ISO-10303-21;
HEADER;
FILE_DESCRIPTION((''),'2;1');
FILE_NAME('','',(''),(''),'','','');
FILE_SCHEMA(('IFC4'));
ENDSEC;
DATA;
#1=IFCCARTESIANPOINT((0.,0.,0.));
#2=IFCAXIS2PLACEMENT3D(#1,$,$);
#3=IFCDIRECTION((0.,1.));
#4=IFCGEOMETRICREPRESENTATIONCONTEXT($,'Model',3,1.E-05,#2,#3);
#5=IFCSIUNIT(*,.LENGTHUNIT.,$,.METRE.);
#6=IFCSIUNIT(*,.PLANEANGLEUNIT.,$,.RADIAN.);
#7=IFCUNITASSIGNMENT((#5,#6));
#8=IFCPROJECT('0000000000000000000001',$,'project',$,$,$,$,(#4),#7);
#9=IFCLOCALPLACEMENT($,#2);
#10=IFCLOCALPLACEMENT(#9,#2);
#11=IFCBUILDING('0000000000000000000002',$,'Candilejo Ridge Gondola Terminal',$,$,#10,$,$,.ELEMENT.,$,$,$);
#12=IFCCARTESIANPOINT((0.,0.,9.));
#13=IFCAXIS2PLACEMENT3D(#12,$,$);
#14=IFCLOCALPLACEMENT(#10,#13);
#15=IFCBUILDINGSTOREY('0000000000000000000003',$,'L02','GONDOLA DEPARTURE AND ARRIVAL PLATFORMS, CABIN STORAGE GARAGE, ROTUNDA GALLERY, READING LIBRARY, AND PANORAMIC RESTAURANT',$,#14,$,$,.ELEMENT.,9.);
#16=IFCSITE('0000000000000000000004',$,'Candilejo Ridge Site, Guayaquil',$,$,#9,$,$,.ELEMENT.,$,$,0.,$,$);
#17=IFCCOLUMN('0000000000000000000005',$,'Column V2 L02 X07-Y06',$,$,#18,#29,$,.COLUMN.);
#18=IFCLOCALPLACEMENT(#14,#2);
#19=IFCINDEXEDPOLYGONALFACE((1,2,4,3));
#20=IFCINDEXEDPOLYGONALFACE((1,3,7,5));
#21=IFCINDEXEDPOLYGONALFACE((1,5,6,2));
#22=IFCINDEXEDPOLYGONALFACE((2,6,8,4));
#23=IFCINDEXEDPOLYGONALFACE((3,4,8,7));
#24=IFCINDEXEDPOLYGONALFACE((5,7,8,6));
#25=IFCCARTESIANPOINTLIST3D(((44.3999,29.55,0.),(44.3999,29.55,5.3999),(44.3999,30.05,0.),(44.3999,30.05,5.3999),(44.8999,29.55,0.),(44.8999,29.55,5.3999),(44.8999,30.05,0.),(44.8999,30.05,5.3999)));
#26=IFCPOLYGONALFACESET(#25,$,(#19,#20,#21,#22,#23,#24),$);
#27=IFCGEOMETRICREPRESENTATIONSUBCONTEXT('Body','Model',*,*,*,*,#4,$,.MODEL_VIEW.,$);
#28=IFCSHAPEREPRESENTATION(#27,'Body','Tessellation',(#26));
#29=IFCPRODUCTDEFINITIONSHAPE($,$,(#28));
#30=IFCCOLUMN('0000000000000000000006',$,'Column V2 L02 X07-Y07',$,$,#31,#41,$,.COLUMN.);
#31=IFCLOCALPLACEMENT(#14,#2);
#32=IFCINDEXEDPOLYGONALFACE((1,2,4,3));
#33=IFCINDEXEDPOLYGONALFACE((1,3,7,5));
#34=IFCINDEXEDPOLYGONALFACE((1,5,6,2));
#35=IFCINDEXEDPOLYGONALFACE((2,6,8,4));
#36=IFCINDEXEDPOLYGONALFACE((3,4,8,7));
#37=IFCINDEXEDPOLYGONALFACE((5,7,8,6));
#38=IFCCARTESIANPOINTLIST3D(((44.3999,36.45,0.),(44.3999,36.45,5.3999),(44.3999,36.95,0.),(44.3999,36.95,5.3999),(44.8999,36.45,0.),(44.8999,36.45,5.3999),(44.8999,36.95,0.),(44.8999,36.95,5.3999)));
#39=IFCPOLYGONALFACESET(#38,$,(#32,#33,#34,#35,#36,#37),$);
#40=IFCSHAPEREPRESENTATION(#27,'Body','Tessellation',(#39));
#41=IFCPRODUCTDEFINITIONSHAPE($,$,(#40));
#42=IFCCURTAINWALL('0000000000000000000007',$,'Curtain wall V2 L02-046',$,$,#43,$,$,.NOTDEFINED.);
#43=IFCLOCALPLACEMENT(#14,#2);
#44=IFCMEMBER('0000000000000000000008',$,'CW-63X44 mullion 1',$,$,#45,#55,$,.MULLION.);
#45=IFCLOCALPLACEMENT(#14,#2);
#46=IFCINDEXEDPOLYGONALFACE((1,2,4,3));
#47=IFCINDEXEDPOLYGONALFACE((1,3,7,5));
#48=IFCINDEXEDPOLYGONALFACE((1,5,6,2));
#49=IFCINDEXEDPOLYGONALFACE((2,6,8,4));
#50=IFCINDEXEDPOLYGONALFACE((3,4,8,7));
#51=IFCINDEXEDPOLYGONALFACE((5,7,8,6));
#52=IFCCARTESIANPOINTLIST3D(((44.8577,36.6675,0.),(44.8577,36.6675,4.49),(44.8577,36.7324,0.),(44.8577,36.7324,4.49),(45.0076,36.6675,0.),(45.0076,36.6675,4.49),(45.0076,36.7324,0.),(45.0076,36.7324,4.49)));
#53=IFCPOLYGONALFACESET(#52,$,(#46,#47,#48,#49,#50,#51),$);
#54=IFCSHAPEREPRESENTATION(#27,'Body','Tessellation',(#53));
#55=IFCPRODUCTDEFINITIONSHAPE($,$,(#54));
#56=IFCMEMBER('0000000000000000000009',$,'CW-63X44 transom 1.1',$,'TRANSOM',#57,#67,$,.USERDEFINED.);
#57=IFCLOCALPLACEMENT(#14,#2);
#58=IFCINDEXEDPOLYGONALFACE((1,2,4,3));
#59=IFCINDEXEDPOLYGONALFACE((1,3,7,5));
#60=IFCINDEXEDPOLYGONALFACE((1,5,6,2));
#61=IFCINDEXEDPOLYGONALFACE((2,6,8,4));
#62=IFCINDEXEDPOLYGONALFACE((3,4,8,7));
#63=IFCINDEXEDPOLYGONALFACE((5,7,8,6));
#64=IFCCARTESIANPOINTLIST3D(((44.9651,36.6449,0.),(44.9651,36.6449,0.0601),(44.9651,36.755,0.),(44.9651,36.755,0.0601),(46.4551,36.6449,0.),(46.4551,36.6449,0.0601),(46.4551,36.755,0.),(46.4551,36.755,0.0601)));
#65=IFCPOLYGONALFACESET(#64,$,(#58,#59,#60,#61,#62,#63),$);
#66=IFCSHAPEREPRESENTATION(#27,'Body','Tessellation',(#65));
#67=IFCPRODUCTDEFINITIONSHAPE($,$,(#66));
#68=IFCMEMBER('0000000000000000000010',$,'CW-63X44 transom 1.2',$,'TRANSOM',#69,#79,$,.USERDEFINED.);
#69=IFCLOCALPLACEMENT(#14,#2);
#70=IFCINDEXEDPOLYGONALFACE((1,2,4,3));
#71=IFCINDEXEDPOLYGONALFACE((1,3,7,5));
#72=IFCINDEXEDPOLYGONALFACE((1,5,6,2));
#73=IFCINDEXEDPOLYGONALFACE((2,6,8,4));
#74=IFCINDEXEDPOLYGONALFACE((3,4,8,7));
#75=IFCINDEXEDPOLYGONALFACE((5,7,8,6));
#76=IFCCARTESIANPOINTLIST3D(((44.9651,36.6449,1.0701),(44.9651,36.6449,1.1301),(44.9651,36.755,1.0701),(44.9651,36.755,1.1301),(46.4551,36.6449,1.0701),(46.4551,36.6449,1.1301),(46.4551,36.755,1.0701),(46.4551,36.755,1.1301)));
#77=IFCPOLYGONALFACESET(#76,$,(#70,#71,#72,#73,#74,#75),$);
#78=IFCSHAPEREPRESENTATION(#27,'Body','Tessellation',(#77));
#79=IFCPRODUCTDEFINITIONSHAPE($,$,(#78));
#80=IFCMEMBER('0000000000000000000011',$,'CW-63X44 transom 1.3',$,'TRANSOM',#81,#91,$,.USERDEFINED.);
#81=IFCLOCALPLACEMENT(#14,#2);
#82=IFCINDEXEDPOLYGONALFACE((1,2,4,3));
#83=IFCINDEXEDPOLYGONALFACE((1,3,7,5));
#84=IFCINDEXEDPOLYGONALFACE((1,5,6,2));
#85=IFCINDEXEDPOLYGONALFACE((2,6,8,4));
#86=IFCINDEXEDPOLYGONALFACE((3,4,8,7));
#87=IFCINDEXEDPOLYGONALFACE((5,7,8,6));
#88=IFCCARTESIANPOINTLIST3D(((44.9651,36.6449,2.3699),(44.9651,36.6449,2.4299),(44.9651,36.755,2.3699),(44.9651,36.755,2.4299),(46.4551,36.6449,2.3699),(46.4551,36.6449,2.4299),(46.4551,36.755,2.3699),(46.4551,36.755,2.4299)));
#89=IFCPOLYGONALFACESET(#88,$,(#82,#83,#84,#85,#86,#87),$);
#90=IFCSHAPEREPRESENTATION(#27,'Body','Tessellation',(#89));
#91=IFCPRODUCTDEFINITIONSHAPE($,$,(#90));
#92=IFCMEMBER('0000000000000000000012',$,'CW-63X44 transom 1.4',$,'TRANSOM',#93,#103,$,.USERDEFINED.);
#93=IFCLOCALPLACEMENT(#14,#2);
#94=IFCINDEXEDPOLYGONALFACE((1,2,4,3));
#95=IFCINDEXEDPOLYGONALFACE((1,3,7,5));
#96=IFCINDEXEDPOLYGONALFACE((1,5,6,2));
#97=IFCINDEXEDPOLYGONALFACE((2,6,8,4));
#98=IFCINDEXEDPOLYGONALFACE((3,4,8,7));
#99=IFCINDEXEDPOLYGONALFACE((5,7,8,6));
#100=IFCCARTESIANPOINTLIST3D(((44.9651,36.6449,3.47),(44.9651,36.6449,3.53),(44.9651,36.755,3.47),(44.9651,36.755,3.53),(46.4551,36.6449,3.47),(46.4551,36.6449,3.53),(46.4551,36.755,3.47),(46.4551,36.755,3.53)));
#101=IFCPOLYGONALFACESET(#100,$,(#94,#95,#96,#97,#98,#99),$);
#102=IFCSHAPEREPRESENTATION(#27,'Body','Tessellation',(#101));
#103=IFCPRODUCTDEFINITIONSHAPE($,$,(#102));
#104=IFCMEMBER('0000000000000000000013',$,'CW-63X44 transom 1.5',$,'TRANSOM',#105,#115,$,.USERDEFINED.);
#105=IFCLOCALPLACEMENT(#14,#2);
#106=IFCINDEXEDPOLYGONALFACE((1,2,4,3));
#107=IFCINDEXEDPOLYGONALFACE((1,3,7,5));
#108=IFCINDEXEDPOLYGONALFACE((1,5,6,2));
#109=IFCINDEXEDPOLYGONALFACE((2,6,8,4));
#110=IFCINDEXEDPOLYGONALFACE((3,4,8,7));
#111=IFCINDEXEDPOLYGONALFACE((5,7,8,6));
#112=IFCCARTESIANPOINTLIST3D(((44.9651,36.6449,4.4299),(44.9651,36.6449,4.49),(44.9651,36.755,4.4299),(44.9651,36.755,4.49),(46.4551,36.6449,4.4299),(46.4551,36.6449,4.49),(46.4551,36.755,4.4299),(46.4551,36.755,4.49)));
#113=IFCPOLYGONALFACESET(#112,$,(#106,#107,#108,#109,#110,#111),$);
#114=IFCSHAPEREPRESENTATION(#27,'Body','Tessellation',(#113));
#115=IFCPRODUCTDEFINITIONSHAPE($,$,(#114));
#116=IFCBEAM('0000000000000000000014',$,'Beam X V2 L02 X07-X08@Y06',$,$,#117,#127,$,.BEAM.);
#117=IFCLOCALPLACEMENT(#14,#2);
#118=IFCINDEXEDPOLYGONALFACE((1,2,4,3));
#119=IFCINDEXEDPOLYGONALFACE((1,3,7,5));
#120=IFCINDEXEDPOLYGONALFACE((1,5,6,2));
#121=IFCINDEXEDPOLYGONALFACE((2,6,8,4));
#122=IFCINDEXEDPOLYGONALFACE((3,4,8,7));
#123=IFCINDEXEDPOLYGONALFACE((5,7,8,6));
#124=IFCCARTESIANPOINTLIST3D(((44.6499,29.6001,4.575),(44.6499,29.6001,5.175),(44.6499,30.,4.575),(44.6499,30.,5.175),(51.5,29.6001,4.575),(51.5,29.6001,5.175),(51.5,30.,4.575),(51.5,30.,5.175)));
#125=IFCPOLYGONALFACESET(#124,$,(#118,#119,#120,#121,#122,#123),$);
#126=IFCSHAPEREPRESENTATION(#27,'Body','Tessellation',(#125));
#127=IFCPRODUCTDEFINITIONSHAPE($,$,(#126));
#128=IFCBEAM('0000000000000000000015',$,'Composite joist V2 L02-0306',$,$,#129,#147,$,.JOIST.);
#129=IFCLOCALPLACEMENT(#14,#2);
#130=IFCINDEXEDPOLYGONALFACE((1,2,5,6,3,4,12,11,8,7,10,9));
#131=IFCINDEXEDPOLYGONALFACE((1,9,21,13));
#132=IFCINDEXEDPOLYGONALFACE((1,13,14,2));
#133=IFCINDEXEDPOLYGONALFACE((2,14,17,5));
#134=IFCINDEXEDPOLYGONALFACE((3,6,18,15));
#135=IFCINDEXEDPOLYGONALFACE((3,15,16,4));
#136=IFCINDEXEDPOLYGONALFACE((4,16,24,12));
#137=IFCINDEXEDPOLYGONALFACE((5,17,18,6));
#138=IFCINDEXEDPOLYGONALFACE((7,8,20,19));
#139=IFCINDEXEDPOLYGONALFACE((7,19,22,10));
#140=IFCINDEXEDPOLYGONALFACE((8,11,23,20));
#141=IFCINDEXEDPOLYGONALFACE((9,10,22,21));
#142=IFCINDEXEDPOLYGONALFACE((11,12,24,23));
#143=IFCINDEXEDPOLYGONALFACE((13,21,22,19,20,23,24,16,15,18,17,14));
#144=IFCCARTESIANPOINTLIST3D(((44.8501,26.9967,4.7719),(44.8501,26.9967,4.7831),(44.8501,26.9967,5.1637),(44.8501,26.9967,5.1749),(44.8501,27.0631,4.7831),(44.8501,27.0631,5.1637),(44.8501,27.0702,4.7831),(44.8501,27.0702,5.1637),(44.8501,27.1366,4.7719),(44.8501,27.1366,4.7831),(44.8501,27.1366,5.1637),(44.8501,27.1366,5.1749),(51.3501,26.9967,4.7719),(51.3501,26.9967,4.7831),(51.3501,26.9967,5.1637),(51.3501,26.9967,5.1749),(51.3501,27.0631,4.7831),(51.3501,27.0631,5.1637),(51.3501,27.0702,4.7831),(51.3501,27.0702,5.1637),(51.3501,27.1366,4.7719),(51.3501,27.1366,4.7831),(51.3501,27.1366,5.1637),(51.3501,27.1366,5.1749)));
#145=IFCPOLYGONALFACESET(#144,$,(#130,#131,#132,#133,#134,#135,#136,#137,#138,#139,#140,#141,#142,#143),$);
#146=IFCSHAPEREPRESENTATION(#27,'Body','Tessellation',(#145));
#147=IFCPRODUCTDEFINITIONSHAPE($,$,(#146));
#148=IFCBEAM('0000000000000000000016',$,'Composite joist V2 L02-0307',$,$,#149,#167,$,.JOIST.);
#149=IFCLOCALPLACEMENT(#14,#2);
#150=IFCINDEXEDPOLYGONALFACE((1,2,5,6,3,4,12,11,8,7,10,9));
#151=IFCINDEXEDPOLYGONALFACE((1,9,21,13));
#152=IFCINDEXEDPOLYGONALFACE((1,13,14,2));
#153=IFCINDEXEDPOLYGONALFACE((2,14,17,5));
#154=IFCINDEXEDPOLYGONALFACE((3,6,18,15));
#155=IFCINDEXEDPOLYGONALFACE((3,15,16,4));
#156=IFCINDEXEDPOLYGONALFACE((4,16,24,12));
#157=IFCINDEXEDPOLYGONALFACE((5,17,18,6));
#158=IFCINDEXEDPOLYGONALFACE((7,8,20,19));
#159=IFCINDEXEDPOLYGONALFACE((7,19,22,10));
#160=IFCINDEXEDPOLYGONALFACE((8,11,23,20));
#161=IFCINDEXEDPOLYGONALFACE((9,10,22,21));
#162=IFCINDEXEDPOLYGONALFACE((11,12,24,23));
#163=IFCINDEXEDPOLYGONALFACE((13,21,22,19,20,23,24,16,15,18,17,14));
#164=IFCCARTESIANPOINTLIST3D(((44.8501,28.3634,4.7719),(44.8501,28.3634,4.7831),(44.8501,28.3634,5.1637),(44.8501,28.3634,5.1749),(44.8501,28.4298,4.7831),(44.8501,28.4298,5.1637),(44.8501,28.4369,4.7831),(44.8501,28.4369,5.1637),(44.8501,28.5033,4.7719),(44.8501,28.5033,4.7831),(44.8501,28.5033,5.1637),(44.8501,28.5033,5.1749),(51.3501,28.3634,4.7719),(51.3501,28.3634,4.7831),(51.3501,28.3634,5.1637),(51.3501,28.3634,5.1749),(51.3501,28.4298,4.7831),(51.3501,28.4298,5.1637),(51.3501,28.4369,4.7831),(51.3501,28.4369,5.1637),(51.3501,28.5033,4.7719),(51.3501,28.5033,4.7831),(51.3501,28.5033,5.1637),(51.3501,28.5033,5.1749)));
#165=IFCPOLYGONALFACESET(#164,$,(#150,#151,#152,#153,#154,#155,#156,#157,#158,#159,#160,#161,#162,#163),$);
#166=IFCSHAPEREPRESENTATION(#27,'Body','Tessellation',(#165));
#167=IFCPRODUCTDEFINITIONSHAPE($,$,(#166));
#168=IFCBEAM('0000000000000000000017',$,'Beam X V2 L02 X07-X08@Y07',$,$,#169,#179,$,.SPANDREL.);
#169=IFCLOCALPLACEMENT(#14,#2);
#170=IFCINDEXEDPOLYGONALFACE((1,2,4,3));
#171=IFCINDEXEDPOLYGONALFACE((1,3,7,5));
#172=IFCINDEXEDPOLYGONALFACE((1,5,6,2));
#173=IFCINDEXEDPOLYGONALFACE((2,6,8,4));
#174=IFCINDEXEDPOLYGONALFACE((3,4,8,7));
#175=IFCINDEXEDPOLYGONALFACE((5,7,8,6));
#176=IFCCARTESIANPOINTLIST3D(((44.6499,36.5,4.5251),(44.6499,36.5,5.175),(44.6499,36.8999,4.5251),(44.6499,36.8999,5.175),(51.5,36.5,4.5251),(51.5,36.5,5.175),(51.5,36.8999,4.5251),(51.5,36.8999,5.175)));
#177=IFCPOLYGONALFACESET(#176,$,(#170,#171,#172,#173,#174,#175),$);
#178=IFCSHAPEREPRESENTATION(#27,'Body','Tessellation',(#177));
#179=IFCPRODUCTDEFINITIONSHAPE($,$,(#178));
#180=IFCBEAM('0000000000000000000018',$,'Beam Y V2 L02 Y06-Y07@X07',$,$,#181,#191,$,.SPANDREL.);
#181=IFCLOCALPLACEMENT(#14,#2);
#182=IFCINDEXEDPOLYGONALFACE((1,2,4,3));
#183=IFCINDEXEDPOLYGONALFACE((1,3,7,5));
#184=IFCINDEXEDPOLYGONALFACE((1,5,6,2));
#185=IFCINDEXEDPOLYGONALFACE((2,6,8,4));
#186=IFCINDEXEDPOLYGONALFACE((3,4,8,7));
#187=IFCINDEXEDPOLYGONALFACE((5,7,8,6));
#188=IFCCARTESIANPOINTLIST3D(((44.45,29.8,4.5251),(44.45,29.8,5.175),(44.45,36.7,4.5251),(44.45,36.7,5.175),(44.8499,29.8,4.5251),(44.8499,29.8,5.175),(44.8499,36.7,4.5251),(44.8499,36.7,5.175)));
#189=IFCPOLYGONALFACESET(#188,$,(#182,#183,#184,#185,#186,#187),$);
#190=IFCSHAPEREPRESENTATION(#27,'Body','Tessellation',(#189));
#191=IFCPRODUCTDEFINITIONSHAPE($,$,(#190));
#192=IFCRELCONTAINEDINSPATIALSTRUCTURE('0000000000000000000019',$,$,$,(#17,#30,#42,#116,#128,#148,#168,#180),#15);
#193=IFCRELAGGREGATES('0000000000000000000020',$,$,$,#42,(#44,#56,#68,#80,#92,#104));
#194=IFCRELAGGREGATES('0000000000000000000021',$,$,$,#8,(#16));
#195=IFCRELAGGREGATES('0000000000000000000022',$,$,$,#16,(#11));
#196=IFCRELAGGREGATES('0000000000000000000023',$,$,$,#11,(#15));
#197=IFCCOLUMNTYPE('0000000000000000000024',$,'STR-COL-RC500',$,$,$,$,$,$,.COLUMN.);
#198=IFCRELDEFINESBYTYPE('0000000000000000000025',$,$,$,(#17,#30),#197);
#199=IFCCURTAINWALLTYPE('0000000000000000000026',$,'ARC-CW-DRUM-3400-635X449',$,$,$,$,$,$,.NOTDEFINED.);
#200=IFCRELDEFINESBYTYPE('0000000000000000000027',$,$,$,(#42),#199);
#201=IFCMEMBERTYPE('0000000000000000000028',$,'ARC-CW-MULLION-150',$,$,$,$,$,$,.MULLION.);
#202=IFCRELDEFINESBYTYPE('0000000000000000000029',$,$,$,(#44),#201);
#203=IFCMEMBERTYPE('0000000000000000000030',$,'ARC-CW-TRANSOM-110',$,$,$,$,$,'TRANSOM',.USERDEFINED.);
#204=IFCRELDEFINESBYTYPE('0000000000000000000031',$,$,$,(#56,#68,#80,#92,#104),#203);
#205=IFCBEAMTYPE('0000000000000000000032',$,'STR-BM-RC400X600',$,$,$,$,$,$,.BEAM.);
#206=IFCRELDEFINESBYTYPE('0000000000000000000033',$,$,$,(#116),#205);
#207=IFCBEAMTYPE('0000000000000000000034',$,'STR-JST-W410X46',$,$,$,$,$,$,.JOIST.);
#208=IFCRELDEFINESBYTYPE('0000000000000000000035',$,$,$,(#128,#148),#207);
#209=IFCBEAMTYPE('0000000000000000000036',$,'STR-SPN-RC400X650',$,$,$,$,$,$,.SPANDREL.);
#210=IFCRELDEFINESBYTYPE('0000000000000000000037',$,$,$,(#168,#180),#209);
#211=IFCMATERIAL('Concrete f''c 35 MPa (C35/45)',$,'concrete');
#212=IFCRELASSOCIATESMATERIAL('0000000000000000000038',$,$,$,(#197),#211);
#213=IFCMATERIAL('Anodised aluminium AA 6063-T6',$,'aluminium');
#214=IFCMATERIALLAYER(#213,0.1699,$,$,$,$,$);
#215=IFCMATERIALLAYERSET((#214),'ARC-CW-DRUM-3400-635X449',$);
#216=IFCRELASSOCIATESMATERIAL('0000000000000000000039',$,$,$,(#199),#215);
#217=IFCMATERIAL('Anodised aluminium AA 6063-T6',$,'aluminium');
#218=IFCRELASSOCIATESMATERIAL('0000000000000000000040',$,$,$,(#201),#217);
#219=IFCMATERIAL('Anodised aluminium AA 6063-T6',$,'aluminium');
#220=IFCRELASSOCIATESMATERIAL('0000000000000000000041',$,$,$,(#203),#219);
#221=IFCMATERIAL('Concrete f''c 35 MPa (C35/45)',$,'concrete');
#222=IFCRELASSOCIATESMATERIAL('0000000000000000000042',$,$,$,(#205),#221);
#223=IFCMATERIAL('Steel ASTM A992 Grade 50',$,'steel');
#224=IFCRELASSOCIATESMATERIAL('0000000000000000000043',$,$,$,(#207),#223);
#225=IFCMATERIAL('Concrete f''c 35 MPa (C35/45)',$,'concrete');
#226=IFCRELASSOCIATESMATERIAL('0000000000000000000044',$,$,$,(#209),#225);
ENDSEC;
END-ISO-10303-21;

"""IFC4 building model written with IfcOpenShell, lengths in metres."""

from ifc_helpers import new_model, si_unit, direction, frame, origin, origin_2d, place, context, subcontext, project, spatial, rectangle, i_section, extrude, material, layer, layer_set, material_profile, profile_set, type_object, element, aggregate, save


model = new_model("IFC4")

# Units and contexts
model_context = context("Model", 3, precision=1e-05, world=origin(), true_north=direction((0.0, 1.0)))
body_context = subcontext(model_context, "Body", "Model", "MODEL_VIEW")
ifc_project = project(units=[si_unit("LENGTHUNIT", "METRE"), si_unit("PLANEANGLEUNIT", "RADIAN")], contexts=[model_context])

# Site, building, storey
site_placement = place(None, origin())
site = spatial("IfcSite", under=ifc_project, at=site_placement, Name="Candilejo Ridge Site, Guayaquil", CompositionType="ELEMENT", RefElevation=0.0)
building_placement = place(site_placement, origin())
building = spatial("IfcBuilding", under=site, at=building_placement, Name="Candilejo Ridge Gondola Terminal", CompositionType="ELEMENT")
storey_placement = place(building_placement, frame((0.0, 0.0, 9.0)))
storey = spatial("IfcBuildingStorey", under=building, at=storey_placement, Name="L02", Description="GONDOLA DEPARTURE AND ARRIVAL PLATFORMS, CABIN STORAGE GARAGE, ROTUNDA GALLERY, READING LIBRARY, AND PANORAMIC RESTAURANT", CompositionType="ELEMENT", Elevation=9.0)

# Columns
ifc_material_1 = material(Name="Concrete f'c 35 MPa (C35/45)", Category="concrete")
ifc_material_profile_1 = material_profile(ifc_material_1, rectangle(XDim=0.5, YDim=0.5, at=origin_2d()))
ifc_profile_set_1 = profile_set([ifc_material_profile_1], Name="Concrete f'c 35 MPa (C35/45)")
column_type = type_object("IfcColumnType", Name="STR-COL-RC500", PredefinedType="COLUMN", material=ifc_profile_set_1)
for number, where, z_axis, x_axis, name in (
    (1, (44.6499, 29.8, 0.0), (0.0, 0.0, 1.0), (1.0, 0.0, 0.0), "Column V2 L02 X07-Y06"),
    (2, (44.6499, 36.7, 0.0), (0.0, 0.0, 1.0), (1.0, 0.0, 0.0), "Column V2 L02 X07-Y07"),
):
    element("IfcColumn", number, at=place(storey_placement, frame(where, z_axis=z_axis, x_axis=x_axis)), inside=storey, type_object=column_type, Name=name, PredefinedType="COLUMN", context=body_context, shape_type="SweptSolid", body=[
        extrude(rectangle(XDim=0.5, YDim=0.5, at=origin_2d()), origin(), (0.0, 0.0, 1.0), 5.3999),
    ])

# Curtain wall, members
ifc_material_2 = material(Name="Anodised aluminium AA 6063-T6", Category="aluminium")
ifc_layer_1 = layer(ifc_material_2, 0.1699)
ifc_layer_set_1 = layer_set([ifc_layer_1], Name="ARC-CW-DRUM-3400-635X449")
curtain_wall_type = type_object("IfcCurtainWallType", Name="ARC-CW-DRUM-3400-635X449", PredefinedType="NOTDEFINED", material=ifc_layer_set_1)
curtain_wall_placement = place(storey_placement, origin())
curtain_wall = element("IfcCurtainWall", 3, at=curtain_wall_placement, inside=storey, type_object=curtain_wall_type, Name="Curtain wall V2 L02-046", PredefinedType="NOTDEFINED")
ifc_material_3 = material(Name="Anodised aluminium AA 6063-T6", Category="aluminium")
ifc_material_profile_2 = material_profile(ifc_material_3, rectangle(XDim=0.0649, YDim=0.1499, at=origin_2d()))
ifc_profile_set_2 = profile_set([ifc_material_profile_2], Name="Anodised aluminium AA 6063-T6")
member_type_1 = type_object("IfcMemberType", Name="ARC-CW-MULLION-150", PredefinedType="MULLION", material=ifc_profile_set_2)
member_1_placement = place(storey_placement, frame((44.9326, 36.7, 0.0), z_axis=(0.0, 0.0, 1.0), x_axis=(0.0, 1.0, 0.0)))
member_1 = element("IfcMember", 4, at=member_1_placement, type_object=member_type_1, Name="CW-63X44 mullion 1", PredefinedType="MULLION", context=body_context, shape_type="SweptSolid", body=[
    extrude(rectangle(XDim=0.0649, YDim=0.1499, at=origin_2d()), origin(), (0.0, 0.0, 1.0), 4.49),
])
ifc_material_4 = material(Name="Anodised aluminium AA 6063-T6", Category="aluminium")
ifc_material_profile_3 = material_profile(ifc_material_4, rectangle(XDim=0.1101, YDim=0.0601, at=origin_2d()))
ifc_profile_set_3 = profile_set([ifc_material_profile_3], Name="Anodised aluminium AA 6063-T6")
member_type_2 = type_object("IfcMemberType", Name="ARC-CW-TRANSOM-110", ElementType="TRANSOM", PredefinedType="USERDEFINED", material=ifc_profile_set_3)
member_2_placement = place(storey_placement, frame((44.9651, 36.7, 0.03), z_axis=(1.0, 0.0, 0.0), x_axis=(0.0, 1.0, 0.0)))
member_2 = element("IfcMember", 5, at=member_2_placement, type_object=member_type_2, Name="CW-63X44 transom 1.1", ObjectType="TRANSOM", PredefinedType="USERDEFINED", context=body_context, shape_type="SweptSolid", body=[
    extrude(rectangle(XDim=0.1101, YDim=0.0601, at=origin_2d()), origin(), (0.0, 0.0, 1.0), 1.49),
])
member_3_placement = place(storey_placement, frame((44.9651, 36.7, 1.1001), z_axis=(1.0, 0.0, 0.0), x_axis=(0.0, 1.0, 0.0)))
member_3 = element("IfcMember", 6, at=member_3_placement, type_object=member_type_2, Name="CW-63X44 transom 1.2", ObjectType="TRANSOM", PredefinedType="USERDEFINED", context=body_context, shape_type="SweptSolid", body=[
    extrude(rectangle(XDim=0.1101, YDim=0.0601, at=origin_2d()), origin(), (0.0, 0.0, 1.0), 1.49),
])
member_4_placement = place(storey_placement, frame((44.9651, 36.7, 2.3999), z_axis=(1.0, 0.0, 0.0), x_axis=(0.0, 1.0, 0.0)))
member_4 = element("IfcMember", 7, at=member_4_placement, type_object=member_type_2, Name="CW-63X44 transom 1.3", ObjectType="TRANSOM", PredefinedType="USERDEFINED", context=body_context, shape_type="SweptSolid", body=[
    extrude(rectangle(XDim=0.1101, YDim=0.0601, at=origin_2d()), origin(), (0.0, 0.0, 1.0), 1.49),
])
member_5_placement = place(storey_placement, frame((44.9651, 36.7, 3.5), z_axis=(1.0, 0.0, 0.0), x_axis=(0.0, 1.0, 0.0)))
member_5 = element("IfcMember", 8, at=member_5_placement, type_object=member_type_2, Name="CW-63X44 transom 1.4", ObjectType="TRANSOM", PredefinedType="USERDEFINED", context=body_context, shape_type="SweptSolid", body=[
    extrude(rectangle(XDim=0.1101, YDim=0.0601, at=origin_2d()), origin(), (0.0, 0.0, 1.0), 1.49),
])
member_6_placement = place(storey_placement, frame((44.9651, 36.7, 4.46), z_axis=(1.0, 0.0, 0.0), x_axis=(0.0, 1.0, 0.0)))
member_6 = element("IfcMember", 9, at=member_6_placement, type_object=member_type_2, Name="CW-63X44 transom 1.5", ObjectType="TRANSOM", PredefinedType="USERDEFINED", context=body_context, shape_type="SweptSolid", body=[
    extrude(rectangle(XDim=0.1101, YDim=0.0601, at=origin_2d()), origin(), (0.0, 0.0, 1.0), 1.49),
])
aggregate(curtain_wall, [member_1, member_2, member_3, member_4, member_5, member_6])

# Beams
ifc_material_5 = material(Name="Concrete f'c 35 MPa (C35/45)", Category="concrete")
ifc_material_profile_4 = material_profile(ifc_material_5, rectangle(XDim=0.3999, YDim=0.6001, at=origin_2d()))
ifc_profile_set_4 = profile_set([ifc_material_profile_4], Name="Concrete f'c 35 MPa (C35/45)")
beam_type_1 = type_object("IfcBeamType", Name="STR-BM-RC400X600", PredefinedType="BEAM", material=ifc_profile_set_4)
beam_1_placement = place(storey_placement, frame((44.6499, 29.8, 4.875), z_axis=(1.0, 0.0, 0.0), x_axis=(0.0, 1.0, 0.0)))
element("IfcBeam", 10, at=beam_1_placement, inside=storey, type_object=beam_type_1, Name="Beam X V2 L02 X07-X08@Y06", PredefinedType="BEAM", context=body_context, shape_type="SweptSolid", body=[
    extrude(rectangle(XDim=0.3999, YDim=0.6001, at=origin_2d()), origin(), (0.0, 0.0, 1.0), 6.8501),
])
ifc_material_6 = material(Name="Steel ASTM A992 Grade 50", Category="steel")
ifc_material_profile_5 = material_profile(ifc_material_6, i_section(OverallWidth=0.1399, OverallDepth=0.4031, WebThickness=0.0071, FlangeThickness=0.0112, at=origin_2d()))
ifc_profile_set_5 = profile_set([ifc_material_profile_5], Name="Steel ASTM A992 Grade 50")
beam_type_2 = type_object("IfcBeamType", Name="STR-JST-W410X46", PredefinedType="JOIST", material=ifc_profile_set_5)
for number, where, z_axis, x_axis, name in (
    (11, (44.8501, 27.0667, 4.9734), (1.0, 0.0, 0.0), (0.0, 1.0, 0.0), "Composite joist V2 L02-0306"),
    (12, (44.8501, 28.4333, 4.9734), (1.0, 0.0, 0.0), (0.0, 1.0, 0.0), "Composite joist V2 L02-0307"),
):
    element("IfcBeam", number, at=place(storey_placement, frame(where, z_axis=z_axis, x_axis=x_axis)), inside=storey, type_object=beam_type_2, Name=name, PredefinedType="JOIST", context=body_context, shape_type="SweptSolid", body=[
        extrude(i_section(OverallWidth=0.1399, OverallDepth=0.4031, WebThickness=0.0071, FlangeThickness=0.0112, at=origin_2d()), origin(), (0.0, 0.0, 1.0), 6.5),
    ])
ifc_material_7 = material(Name="Concrete f'c 35 MPa (C35/45)", Category="concrete")
ifc_material_profile_6 = material_profile(ifc_material_7, rectangle(XDim=0.3999, YDim=0.6499, at=origin_2d()))
ifc_profile_set_6 = profile_set([ifc_material_profile_6], Name="Concrete f'c 35 MPa (C35/45)")
beam_type_3 = type_object("IfcBeamType", Name="STR-SPN-RC400X650", PredefinedType="SPANDREL", material=ifc_profile_set_6)
beam_2_placement = place(storey_placement, frame((44.6499, 36.7, 4.8501), z_axis=(1.0, 0.0, 0.0), x_axis=(0.0, 1.0, 0.0)))
element("IfcBeam", 13, at=beam_2_placement, inside=storey, type_object=beam_type_3, Name="Beam X V2 L02 X07-X08@Y07", PredefinedType="SPANDREL", context=body_context, shape_type="SweptSolid", body=[
    extrude(rectangle(XDim=0.3999, YDim=0.6499, at=origin_2d()), origin(), (0.0, 0.0, 1.0), 6.8501),
])
beam_3_placement = place(storey_placement, frame((44.6499, 29.8, 4.8501), z_axis=(0.0, 1.0, 0.0), x_axis=(-1.0, 0.0, 0.0)))
element("IfcBeam", 14, at=beam_3_placement, inside=storey, type_object=beam_type_3, Name="Beam Y V2 L02 Y06-Y07@X07", PredefinedType="SPANDREL", context=body_context, shape_type="SweptSolid", body=[
    extrude(rectangle(XDim=0.3999, YDim=0.6499, at=origin_2d()), origin(), (0.0, 0.0, 1.0), 6.8999),
])

save(model, "model.ifc")
